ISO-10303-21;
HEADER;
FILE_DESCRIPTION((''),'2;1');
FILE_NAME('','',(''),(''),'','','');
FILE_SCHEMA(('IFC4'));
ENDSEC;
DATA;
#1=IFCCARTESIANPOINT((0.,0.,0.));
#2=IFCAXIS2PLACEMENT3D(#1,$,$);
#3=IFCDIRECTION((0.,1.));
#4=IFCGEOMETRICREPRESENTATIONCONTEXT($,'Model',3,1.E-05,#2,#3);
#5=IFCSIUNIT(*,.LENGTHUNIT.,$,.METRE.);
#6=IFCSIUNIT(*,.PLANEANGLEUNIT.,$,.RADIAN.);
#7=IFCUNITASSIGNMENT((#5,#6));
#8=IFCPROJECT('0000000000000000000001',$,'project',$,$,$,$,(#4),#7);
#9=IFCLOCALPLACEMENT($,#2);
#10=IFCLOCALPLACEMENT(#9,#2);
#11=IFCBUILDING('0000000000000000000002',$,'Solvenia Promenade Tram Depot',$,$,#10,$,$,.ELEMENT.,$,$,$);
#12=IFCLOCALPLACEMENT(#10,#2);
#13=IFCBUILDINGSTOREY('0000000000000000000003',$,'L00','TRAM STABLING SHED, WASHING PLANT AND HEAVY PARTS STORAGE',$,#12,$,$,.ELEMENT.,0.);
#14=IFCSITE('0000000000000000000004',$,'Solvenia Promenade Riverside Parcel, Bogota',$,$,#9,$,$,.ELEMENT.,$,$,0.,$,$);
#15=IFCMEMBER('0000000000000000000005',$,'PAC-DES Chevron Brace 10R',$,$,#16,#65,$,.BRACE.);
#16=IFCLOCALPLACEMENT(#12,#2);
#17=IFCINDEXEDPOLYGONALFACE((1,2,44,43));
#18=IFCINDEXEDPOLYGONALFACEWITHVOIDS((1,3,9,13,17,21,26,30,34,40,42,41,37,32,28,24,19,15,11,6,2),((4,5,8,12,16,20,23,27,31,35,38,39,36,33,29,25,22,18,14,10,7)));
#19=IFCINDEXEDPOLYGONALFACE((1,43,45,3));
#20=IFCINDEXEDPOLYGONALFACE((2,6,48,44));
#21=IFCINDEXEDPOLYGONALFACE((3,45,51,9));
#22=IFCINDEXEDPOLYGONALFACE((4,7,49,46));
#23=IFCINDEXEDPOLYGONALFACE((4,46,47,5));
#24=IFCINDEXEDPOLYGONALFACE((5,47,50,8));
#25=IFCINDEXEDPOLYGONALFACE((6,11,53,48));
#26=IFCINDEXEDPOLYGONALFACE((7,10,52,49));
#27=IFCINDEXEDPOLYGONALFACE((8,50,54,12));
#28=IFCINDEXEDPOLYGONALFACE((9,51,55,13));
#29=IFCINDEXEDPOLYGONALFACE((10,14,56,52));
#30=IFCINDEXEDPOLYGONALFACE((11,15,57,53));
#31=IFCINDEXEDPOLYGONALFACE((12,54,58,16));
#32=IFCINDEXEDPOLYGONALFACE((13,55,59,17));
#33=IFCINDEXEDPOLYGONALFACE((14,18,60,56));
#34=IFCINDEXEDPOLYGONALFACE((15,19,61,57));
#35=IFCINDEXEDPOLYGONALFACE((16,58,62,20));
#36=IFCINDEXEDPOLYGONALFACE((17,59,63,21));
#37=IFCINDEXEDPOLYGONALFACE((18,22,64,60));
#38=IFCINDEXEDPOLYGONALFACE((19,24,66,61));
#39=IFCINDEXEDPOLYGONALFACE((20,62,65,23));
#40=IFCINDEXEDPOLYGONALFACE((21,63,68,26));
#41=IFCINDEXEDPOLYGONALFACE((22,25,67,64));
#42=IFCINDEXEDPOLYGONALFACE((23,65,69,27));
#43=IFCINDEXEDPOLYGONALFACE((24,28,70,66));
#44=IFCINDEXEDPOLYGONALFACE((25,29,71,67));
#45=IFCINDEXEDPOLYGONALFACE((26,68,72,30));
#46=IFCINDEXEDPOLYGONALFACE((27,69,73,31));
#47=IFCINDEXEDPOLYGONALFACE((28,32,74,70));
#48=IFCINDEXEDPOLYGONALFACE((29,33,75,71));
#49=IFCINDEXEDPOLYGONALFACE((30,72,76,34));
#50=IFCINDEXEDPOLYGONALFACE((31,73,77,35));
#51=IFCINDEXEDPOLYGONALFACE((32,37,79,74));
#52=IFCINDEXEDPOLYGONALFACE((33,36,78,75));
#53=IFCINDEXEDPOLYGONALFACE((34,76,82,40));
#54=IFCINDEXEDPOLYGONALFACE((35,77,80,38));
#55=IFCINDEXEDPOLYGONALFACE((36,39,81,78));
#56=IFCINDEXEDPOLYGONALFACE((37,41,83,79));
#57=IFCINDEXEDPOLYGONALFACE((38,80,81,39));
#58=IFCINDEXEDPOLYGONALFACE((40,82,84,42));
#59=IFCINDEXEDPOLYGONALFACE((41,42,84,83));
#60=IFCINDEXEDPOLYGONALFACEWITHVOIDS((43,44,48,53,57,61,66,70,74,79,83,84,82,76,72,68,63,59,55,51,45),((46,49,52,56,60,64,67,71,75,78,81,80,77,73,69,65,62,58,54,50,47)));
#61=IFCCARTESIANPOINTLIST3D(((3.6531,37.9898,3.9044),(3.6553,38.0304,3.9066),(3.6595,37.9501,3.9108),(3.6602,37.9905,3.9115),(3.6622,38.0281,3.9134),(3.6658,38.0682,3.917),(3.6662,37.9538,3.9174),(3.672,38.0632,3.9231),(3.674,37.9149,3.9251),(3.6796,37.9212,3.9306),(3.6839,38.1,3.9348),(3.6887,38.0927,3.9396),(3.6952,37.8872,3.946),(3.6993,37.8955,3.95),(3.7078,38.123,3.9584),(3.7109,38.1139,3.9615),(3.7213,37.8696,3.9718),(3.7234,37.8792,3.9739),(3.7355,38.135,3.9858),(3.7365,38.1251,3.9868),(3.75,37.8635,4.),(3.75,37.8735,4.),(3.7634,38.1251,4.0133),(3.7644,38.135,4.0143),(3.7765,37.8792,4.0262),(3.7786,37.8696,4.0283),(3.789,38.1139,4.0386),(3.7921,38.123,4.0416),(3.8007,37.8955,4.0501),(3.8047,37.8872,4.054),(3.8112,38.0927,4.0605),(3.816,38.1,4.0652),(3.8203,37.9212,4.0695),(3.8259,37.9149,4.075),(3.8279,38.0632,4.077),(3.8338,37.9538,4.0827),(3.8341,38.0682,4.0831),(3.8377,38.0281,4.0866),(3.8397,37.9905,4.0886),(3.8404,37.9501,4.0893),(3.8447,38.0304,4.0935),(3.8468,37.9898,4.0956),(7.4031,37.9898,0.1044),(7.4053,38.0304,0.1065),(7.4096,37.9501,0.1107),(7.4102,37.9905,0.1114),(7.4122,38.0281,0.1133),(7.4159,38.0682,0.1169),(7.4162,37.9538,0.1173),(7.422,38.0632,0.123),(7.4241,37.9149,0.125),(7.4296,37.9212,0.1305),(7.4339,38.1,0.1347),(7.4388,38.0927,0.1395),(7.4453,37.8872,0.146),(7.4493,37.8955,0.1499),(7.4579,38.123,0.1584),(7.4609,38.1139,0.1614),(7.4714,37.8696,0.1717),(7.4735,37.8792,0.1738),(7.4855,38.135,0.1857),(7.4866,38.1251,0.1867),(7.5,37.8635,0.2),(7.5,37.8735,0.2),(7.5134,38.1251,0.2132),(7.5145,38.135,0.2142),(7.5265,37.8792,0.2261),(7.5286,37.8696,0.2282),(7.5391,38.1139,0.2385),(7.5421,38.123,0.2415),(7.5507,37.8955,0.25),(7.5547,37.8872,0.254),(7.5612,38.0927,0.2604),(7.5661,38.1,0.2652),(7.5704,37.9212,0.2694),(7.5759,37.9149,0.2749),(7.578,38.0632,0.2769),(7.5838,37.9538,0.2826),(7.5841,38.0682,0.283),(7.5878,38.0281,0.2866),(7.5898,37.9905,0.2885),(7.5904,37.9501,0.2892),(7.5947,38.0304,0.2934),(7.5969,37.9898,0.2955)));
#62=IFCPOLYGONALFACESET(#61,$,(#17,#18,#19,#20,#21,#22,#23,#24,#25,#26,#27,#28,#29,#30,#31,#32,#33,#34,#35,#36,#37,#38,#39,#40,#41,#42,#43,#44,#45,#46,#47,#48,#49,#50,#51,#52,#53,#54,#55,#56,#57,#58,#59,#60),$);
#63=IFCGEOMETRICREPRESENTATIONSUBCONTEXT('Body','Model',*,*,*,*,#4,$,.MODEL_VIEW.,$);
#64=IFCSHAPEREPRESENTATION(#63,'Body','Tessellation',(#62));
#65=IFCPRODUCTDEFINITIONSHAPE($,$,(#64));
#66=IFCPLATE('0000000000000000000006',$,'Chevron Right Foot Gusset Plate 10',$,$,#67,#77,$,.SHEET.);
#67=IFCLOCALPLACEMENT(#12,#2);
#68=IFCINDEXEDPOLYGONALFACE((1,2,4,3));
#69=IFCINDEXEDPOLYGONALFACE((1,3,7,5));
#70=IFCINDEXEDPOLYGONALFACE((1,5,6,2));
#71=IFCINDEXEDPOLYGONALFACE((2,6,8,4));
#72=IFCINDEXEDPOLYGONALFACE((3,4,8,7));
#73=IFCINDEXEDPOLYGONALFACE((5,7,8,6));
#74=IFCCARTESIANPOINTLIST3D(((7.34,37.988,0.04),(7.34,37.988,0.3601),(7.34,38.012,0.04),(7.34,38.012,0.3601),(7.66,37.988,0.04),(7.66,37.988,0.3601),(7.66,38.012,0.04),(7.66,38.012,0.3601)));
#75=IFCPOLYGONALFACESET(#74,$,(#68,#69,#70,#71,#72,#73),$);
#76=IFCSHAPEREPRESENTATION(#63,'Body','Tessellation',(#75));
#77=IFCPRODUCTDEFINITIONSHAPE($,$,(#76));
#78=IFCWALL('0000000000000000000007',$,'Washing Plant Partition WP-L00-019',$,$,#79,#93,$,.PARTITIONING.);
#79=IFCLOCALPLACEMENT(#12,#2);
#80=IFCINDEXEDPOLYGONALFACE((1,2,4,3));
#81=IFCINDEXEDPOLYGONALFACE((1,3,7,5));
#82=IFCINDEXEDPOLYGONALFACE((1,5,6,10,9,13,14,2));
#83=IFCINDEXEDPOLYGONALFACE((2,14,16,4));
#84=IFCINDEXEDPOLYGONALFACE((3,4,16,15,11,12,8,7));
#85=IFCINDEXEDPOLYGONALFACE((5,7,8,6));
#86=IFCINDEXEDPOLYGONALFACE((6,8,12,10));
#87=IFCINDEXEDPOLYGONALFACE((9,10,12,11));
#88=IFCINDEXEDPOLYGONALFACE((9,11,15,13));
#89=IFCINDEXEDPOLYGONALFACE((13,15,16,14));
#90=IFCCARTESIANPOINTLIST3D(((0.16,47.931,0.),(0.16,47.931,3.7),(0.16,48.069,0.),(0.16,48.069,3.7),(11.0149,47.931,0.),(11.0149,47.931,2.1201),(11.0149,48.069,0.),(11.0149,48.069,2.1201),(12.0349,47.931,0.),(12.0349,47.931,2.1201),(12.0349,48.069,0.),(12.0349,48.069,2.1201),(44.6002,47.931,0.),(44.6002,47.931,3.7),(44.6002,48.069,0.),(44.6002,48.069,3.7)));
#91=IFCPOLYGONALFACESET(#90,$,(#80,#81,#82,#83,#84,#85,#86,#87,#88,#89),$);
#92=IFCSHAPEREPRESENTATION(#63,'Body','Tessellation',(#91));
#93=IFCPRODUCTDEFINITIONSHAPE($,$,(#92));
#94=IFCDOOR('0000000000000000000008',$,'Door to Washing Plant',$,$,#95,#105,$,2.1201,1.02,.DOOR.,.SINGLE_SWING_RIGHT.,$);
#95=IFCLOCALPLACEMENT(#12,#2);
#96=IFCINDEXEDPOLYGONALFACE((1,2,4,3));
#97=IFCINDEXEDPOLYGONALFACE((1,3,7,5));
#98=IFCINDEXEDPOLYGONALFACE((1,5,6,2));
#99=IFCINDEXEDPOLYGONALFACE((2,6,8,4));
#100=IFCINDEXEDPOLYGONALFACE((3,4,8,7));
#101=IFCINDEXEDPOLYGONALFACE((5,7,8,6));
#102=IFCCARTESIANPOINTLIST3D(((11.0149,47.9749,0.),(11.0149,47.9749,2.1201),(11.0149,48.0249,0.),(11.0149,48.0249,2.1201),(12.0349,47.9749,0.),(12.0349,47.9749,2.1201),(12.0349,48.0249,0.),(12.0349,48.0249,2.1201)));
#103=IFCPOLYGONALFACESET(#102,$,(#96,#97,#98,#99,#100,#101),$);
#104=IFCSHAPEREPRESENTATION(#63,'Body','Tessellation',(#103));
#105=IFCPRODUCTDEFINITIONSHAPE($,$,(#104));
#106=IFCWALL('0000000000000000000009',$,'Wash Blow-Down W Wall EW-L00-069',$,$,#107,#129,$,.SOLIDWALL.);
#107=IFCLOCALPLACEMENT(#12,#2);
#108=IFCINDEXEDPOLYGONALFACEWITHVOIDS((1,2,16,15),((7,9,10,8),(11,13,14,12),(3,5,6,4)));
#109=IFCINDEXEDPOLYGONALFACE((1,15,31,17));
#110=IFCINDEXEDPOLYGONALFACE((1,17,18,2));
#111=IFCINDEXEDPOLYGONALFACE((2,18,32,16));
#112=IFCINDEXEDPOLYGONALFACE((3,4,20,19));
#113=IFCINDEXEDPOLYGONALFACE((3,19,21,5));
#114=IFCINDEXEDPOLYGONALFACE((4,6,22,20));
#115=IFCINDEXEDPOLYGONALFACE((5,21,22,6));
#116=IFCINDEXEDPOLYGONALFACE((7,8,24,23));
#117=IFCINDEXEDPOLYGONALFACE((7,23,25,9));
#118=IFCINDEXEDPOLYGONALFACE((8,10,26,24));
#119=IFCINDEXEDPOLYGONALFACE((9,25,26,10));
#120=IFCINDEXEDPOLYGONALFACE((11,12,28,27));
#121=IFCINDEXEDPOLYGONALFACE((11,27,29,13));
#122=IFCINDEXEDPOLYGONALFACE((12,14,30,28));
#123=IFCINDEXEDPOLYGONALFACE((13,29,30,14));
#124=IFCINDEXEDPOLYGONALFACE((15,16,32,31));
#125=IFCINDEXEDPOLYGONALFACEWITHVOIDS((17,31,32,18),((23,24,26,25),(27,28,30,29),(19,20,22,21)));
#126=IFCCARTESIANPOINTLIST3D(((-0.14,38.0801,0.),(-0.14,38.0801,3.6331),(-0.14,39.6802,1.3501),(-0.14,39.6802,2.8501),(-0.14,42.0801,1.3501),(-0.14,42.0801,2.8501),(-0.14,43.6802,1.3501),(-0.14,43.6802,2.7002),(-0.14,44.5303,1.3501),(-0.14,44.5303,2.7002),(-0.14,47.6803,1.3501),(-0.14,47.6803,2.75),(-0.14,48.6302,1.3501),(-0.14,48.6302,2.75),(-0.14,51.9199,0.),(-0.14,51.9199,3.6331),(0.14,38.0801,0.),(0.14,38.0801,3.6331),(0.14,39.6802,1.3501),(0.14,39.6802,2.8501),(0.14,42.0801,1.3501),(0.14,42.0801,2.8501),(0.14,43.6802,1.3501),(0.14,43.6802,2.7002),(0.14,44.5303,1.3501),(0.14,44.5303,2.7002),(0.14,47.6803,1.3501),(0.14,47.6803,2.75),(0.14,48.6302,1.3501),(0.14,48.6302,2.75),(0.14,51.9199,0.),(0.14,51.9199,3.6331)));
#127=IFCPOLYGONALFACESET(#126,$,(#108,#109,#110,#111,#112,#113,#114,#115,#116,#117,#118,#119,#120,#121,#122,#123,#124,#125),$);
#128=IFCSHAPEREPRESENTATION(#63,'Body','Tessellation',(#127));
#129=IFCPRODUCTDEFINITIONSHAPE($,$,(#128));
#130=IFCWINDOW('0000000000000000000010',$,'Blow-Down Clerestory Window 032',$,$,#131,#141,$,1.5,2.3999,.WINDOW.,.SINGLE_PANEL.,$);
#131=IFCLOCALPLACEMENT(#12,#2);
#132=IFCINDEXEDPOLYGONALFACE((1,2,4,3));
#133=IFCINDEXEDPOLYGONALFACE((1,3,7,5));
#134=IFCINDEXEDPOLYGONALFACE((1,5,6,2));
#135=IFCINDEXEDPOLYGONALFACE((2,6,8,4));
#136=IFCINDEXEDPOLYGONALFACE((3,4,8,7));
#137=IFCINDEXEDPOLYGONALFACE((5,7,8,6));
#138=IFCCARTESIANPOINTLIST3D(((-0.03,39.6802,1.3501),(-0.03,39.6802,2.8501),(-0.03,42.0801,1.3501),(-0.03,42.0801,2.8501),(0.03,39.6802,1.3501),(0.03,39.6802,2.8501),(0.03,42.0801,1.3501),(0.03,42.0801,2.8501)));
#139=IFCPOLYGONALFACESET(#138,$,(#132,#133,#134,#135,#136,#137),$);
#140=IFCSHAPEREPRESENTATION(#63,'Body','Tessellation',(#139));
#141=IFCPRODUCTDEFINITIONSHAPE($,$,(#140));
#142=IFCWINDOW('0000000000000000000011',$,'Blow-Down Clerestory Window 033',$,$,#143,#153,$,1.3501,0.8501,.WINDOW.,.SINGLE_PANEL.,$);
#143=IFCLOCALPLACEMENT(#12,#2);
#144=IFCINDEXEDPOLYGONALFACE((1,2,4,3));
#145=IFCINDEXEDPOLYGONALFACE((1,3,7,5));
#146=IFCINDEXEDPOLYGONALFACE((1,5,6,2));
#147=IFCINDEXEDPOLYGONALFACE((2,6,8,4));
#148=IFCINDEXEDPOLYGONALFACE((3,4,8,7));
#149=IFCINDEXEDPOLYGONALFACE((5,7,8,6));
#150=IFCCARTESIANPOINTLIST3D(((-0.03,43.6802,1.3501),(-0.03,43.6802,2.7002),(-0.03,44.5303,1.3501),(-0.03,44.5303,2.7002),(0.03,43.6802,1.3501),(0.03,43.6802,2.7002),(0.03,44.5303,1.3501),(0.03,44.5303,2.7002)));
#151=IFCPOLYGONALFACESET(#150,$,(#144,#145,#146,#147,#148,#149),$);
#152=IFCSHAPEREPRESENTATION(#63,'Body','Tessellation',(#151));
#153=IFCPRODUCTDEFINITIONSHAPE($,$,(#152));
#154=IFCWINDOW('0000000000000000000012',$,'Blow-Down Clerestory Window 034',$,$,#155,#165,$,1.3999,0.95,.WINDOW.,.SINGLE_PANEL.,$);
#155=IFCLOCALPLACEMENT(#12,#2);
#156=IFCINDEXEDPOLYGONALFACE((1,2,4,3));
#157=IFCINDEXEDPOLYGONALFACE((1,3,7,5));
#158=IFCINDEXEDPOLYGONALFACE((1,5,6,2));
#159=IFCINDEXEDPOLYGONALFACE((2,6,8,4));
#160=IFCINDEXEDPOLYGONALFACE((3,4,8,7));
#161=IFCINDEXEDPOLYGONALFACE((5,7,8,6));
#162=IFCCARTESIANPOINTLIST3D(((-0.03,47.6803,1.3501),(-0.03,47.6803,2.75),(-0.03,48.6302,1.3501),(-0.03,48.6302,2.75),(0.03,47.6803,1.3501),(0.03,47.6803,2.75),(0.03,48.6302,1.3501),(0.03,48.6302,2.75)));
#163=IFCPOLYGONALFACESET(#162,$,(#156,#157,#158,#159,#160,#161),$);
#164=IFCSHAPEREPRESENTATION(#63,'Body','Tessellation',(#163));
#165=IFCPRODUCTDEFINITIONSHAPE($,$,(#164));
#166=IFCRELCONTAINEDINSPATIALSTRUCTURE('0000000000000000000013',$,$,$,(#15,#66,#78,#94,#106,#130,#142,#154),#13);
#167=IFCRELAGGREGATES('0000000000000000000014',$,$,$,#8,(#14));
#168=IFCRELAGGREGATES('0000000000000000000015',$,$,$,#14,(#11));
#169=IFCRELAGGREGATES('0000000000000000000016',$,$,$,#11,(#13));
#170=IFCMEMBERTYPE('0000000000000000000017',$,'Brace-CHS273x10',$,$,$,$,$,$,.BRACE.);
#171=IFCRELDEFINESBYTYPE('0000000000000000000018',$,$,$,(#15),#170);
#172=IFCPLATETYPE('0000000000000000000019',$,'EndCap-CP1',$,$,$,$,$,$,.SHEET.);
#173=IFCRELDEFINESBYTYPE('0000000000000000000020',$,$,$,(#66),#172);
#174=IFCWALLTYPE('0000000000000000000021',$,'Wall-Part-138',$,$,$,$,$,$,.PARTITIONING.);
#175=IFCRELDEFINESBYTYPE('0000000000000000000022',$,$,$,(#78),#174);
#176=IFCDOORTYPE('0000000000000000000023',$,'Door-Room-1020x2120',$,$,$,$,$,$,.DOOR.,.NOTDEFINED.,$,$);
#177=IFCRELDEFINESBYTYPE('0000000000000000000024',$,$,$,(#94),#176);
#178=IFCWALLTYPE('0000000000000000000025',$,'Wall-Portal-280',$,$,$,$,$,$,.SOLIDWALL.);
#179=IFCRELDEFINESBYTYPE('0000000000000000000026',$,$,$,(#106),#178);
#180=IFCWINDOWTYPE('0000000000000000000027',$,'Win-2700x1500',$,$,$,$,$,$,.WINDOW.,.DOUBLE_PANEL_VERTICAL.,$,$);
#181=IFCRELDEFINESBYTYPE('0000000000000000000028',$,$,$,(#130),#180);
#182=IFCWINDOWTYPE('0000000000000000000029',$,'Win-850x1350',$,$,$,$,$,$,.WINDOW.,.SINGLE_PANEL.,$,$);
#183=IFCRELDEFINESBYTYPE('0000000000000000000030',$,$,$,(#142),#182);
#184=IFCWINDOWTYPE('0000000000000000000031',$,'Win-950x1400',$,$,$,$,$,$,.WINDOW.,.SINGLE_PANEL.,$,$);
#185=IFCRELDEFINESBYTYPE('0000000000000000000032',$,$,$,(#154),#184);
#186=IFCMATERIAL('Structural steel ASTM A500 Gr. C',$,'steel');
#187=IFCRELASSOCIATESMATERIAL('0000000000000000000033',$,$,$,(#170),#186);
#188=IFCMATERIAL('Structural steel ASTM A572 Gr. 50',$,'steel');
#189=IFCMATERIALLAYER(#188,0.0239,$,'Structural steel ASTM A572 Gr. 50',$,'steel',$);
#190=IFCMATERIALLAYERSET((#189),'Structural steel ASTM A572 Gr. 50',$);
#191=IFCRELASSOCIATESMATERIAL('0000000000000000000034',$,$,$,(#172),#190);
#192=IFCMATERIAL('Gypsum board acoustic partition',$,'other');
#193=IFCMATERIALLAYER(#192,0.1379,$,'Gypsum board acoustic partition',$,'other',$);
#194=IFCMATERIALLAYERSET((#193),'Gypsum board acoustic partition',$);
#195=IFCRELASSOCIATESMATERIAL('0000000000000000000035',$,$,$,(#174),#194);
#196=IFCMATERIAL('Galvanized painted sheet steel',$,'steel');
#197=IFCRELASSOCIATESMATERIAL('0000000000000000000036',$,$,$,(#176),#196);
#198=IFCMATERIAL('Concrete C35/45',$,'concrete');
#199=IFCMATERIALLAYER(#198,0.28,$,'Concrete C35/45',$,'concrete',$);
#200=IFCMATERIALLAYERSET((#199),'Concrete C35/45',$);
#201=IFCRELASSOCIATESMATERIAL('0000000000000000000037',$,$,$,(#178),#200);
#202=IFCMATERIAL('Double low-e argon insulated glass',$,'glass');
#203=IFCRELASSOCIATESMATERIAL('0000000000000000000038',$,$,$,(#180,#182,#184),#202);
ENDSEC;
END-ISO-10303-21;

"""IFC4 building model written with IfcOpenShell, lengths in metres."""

from ifc_helpers import new_model, si_unit, direction, frame, frame_2d, origin, origin_2d, place, context, subcontext, project, spatial, rectangle, hollow_circle, extrude, material, layer, layer_set, material_profile, profile_set, type_object, element, fill, save


model = new_model("IFC4")

# Units and contexts
model_context = context("Model", 3, precision=1e-05, world=origin(), true_north=direction((0.0, 1.0)))
body_context = subcontext(model_context, "Body", "Model", "MODEL_VIEW")
ifc_project = project(units=[si_unit("LENGTHUNIT", "METRE"), si_unit("PLANEANGLEUNIT", "RADIAN")], contexts=[model_context])

# Site, building, storey
site_placement = place(None, origin())
site = spatial("IfcSite", under=ifc_project, at=site_placement, Name="Solvenia Promenade Riverside Parcel, Bogota", CompositionType="ELEMENT", RefElevation=0.0)
building_placement = place(site_placement, origin())
building = spatial("IfcBuilding", under=site, at=building_placement, Name="Solvenia Promenade Tram Depot", CompositionType="ELEMENT")
storey_placement = place(building_placement, origin())
storey = spatial("IfcBuildingStorey", under=building, at=storey_placement, Name="L00", Description="TRAM STABLING SHED, WASHING PLANT AND HEAVY PARTS STORAGE", CompositionType="ELEMENT", Elevation=0.0)

# Member
ifc_material_1 = material(Name="Structural steel ASTM A500 Gr. C", Category="steel")
ifc_material_profile_1 = material_profile(ifc_material_1, hollow_circle(Radius=0.1365, WallThickness=0.01, at=origin_2d()), Name="CHS273.0x10", Category="steel")
ifc_profile_set_1 = profile_set([ifc_material_profile_1], Name="Structural steel ASTM A500 Gr. C")
member_type = type_object("IfcMemberType", Name="Brace-CHS273x10", PredefinedType="BRACE", material=ifc_profile_set_1)
member_placement = place(storey_placement, frame((7.5, 38.0, 0.2), z_axis=(-0.702404, 0.0, 0.711779), x_axis=(0.0, -1.0, 0.0)))
element("IfcMember", 1, at=member_placement, inside=storey, type_object=member_type, Name="PAC-DES Chevron Brace 10R", PredefinedType="BRACE", context=body_context, shape_type="SweptSolid", body=[
    extrude(hollow_circle(Radius=0.1365, WallThickness=0.01, at=origin_2d()), origin(), (0.0, 0.0, 1.0), 5.3389),
])

# Plate
ifc_material_2 = material(Name="Structural steel ASTM A572 Gr. 50", Category="steel")
ifc_layer_1 = layer(ifc_material_2, 0.0239, Name="Structural steel ASTM A572 Gr. 50", Category="steel")
ifc_layer_set_1 = layer_set([ifc_layer_1], Name="Structural steel ASTM A572 Gr. 50")
plate_type = type_object("IfcPlateType", Name="EndCap-CP1", PredefinedType="SHEET", material=ifc_layer_set_1)
plate_placement = place(storey_placement, frame((7.5, 38.0, 0.04), z_axis=(0.0, 0.0, 1.0), x_axis=(1.0, 0.0, 0.0)))
element("IfcPlate", 2, at=plate_placement, inside=storey, type_object=plate_type, Name="Chevron Right Foot Gusset Plate 10", PredefinedType="SHEET", context=body_context, shape_type="SweptSolid", body=[
    extrude(rectangle(XDim=0.3201, YDim=0.0239, at=origin_2d()), origin(), (0.0, 0.0, 1.0), 0.3201),
])

# Wall, opening, door
ifc_material_3 = material(Name="Gypsum board acoustic partition", Category="other")
ifc_layer_2 = layer(ifc_material_3, 0.1379, Name="Gypsum board acoustic partition", Category="other")
ifc_layer_set_2 = layer_set([ifc_layer_2], Name="Gypsum board acoustic partition")
wall_type_1 = type_object("IfcWallType", Name="Wall-Part-138", PredefinedType="PARTITIONING", material=ifc_layer_set_2)
wall_1_placement = place(storey_placement, frame((0.1599, 48.0, 0.0), z_axis=(0.0, 0.0, 1.0), x_axis=(1.0, 0.0, 0.0)))
wall_1 = element("IfcWall", 3, at=wall_1_placement, inside=storey, type_object=wall_type_1, Name="Washing Plant Partition WP-L00-019", PredefinedType="PARTITIONING", context=body_context, shape_type="SweptSolid", body=[
    extrude(rectangle(XDim=44.4402, YDim=0.1379, at=frame_2d((22.2202, 0.0))), origin(), (0.0, 0.0, 1.0), 3.7),
])
opening_1_placement = place(wall_1_placement, frame((10.855, 0.0, 0.0)))
opening_1 = element("IfcOpeningElement", 4, at=opening_1_placement, cuts=wall_1, PredefinedType="OPENING", context=body_context, shape_type="SweptSolid", body=[
    extrude(rectangle(XDim=1.02, YDim=2.1201, at=frame_2d((0.51, 1.0601))), frame((0.0, 0.0789, 0.0), z_axis=(0.0, -1.0, 0.0), x_axis=(1.0, 0.0, 0.0)), (0.0, 0.0, 1.0), 0.158),
])
ifc_material_4 = material(Name="Galvanized painted sheet steel", Category="steel")
door_type = type_object("IfcDoorType", Name="Door-Room-1020x2120", OperationType="NOTDEFINED", PredefinedType="DOOR", material=ifc_material_4)
door_placement = place(opening_1_placement, origin())
door = element("IfcDoor", 5, at=door_placement, inside=storey, type_object=door_type, Name="Door to Washing Plant", OperationType="SINGLE_SWING_RIGHT", OverallHeight=2.1201, OverallWidth=1.02, PredefinedType="DOOR", context=body_context, shape_type="SweptSolid", body=[
    extrude(rectangle(XDim=1.02, YDim=2.1201, at=frame_2d((0.51, 1.0601))), frame((0.0, 0.0249, 0.0), z_axis=(0.0, -1.0, 0.0), x_axis=(1.0, 0.0, 0.0)), (0.0, 0.0, 1.0), 0.05),
])
fill(opening_1, door)

# Wall, openings, windows
ifc_material_5 = material(Name="Concrete C35/45", Category="concrete")
ifc_layer_3 = layer(ifc_material_5, 0.28, Name="Concrete C35/45", Category="concrete")
ifc_layer_set_3 = layer_set([ifc_layer_3], Name="Concrete C35/45")
wall_type_2 = type_object("IfcWallType", Name="Wall-Portal-280", PredefinedType="SOLIDWALL", material=ifc_layer_set_3)
wall_2_placement = place(storey_placement, frame((0.0, 38.0801, 0.0), z_axis=(0.0, 0.0, 1.0), x_axis=(0.0, 1.0, 0.0)))
wall_2 = element("IfcWall", 6, at=wall_2_placement, inside=storey, type_object=wall_type_2, Name="Wash Blow-Down W Wall EW-L00-069", PredefinedType="SOLIDWALL", context=body_context, shape_type="SweptSolid", body=[
    extrude(rectangle(XDim=13.8398, YDim=0.28, at=frame_2d((6.9199, 0.0))), origin(), (0.0, 0.0, 1.0), 3.6331),
])
opening_2_placement = place(wall_2_placement, frame((1.6001, 0.0, 1.3501)))
opening_2 = element("IfcOpeningElement", 7, at=opening_2_placement, cuts=wall_2, PredefinedType="OPENING", context=body_context, shape_type="SweptSolid", body=[
    extrude(rectangle(XDim=2.3999, YDim=1.5, at=frame_2d((1.2, 0.75))), frame((0.0, 0.1499, 0.0), z_axis=(0.0, -1.0, 0.0), x_axis=(1.0, 0.0, 0.0)), (0.0, 0.0, 1.0), 0.3),
])
opening_3_placement = place(wall_2_placement, frame((5.6001, 0.0, 1.3501)))
opening_3 = element("IfcOpeningElement", 8, at=opening_3_placement, cuts=wall_2, PredefinedType="OPENING", context=body_context, shape_type="SweptSolid", body=[
    extrude(rectangle(XDim=0.8501, YDim=1.3501, at=frame_2d((0.425, 0.675))), frame((0.0, 0.1499, 0.0), z_axis=(0.0, -1.0, 0.0), x_axis=(1.0, 0.0, 0.0)), (0.0, 0.0, 1.0), 0.3),
])
opening_4_placement = place(wall_2_placement, frame((9.6001, 0.0, 1.3501)))
opening_4 = element("IfcOpeningElement", 9, at=opening_4_placement, cuts=wall_2, PredefinedType="OPENING", context=body_context, shape_type="SweptSolid", body=[
    extrude(rectangle(XDim=0.95, YDim=1.3999, at=frame_2d((0.4751, 0.7))), frame((0.0, 0.1499, 0.0), z_axis=(0.0, -1.0, 0.0), x_axis=(1.0, 0.0, 0.0)), (0.0, 0.0, 1.0), 0.3),
])
ifc_material_6 = material(Name="Double low-e argon insulated glass", Category="glass")
window_type_1 = type_object("IfcWindowType", Name="Win-2700x1500", PartitioningType="DOUBLE_PANEL_VERTICAL", PredefinedType="WINDOW", material=ifc_material_6)
window_1_placement = place(opening_2_placement, origin())
window_1 = element("IfcWindow", 10, at=window_1_placement, inside=storey, type_object=window_type_1, Name="Blow-Down Clerestory Window 032", OverallHeight=1.5, OverallWidth=2.3999, PartitioningType="SINGLE_PANEL", PredefinedType="WINDOW", context=body_context, shape_type="SweptSolid", body=[
    extrude(rectangle(XDim=2.3999, YDim=1.5, at=frame_2d((1.2, 0.75))), frame((0.0, 0.03, 0.0), z_axis=(0.0, -1.0, 0.0), x_axis=(1.0, 0.0, 0.0)), (0.0, 0.0, 1.0), 0.0601),
])
fill(opening_2, window_1)
window_type_2 = type_object("IfcWindowType", Name="Win-850x1350", PartitioningType="SINGLE_PANEL", PredefinedType="WINDOW", material=ifc_material_6)
window_2_placement = place(opening_3_placement, origin())
window_2 = element("IfcWindow", 11, at=window_2_placement, inside=storey, type_object=window_type_2, Name="Blow-Down Clerestory Window 033", OverallHeight=1.3501, OverallWidth=0.8501, PartitioningType="SINGLE_PANEL", PredefinedType="WINDOW", context=body_context, shape_type="SweptSolid", body=[
    extrude(rectangle(XDim=0.8501, YDim=1.3501, at=frame_2d((0.425, 0.675))), frame((0.0, 0.03, 0.0), z_axis=(0.0, -1.0, 0.0), x_axis=(1.0, 0.0, 0.0)), (0.0, 0.0, 1.0), 0.0601),
])
fill(opening_3, window_2)
window_type_3 = type_object("IfcWindowType", Name="Win-950x1400", PartitioningType="SINGLE_PANEL", PredefinedType="WINDOW", material=ifc_material_6)
window_3_placement = place(opening_4_placement, origin())
window_3 = element("IfcWindow", 12, at=window_3_placement, inside=storey, type_object=window_type_3, Name="Blow-Down Clerestory Window 034", OverallHeight=1.3999, OverallWidth=0.95, PartitioningType="SINGLE_PANEL", PredefinedType="WINDOW", context=body_context, shape_type="SweptSolid", body=[
    extrude(rectangle(XDim=0.95, YDim=1.3999, at=frame_2d((0.4751, 0.7))), frame((0.0, 0.03, 0.0), z_axis=(0.0, -1.0, 0.0), x_axis=(1.0, 0.0, 0.0)), (0.0, 0.0, 1.0), 0.0601),
])
fill(opening_4, window_3)

save(model, "model.ifc")
